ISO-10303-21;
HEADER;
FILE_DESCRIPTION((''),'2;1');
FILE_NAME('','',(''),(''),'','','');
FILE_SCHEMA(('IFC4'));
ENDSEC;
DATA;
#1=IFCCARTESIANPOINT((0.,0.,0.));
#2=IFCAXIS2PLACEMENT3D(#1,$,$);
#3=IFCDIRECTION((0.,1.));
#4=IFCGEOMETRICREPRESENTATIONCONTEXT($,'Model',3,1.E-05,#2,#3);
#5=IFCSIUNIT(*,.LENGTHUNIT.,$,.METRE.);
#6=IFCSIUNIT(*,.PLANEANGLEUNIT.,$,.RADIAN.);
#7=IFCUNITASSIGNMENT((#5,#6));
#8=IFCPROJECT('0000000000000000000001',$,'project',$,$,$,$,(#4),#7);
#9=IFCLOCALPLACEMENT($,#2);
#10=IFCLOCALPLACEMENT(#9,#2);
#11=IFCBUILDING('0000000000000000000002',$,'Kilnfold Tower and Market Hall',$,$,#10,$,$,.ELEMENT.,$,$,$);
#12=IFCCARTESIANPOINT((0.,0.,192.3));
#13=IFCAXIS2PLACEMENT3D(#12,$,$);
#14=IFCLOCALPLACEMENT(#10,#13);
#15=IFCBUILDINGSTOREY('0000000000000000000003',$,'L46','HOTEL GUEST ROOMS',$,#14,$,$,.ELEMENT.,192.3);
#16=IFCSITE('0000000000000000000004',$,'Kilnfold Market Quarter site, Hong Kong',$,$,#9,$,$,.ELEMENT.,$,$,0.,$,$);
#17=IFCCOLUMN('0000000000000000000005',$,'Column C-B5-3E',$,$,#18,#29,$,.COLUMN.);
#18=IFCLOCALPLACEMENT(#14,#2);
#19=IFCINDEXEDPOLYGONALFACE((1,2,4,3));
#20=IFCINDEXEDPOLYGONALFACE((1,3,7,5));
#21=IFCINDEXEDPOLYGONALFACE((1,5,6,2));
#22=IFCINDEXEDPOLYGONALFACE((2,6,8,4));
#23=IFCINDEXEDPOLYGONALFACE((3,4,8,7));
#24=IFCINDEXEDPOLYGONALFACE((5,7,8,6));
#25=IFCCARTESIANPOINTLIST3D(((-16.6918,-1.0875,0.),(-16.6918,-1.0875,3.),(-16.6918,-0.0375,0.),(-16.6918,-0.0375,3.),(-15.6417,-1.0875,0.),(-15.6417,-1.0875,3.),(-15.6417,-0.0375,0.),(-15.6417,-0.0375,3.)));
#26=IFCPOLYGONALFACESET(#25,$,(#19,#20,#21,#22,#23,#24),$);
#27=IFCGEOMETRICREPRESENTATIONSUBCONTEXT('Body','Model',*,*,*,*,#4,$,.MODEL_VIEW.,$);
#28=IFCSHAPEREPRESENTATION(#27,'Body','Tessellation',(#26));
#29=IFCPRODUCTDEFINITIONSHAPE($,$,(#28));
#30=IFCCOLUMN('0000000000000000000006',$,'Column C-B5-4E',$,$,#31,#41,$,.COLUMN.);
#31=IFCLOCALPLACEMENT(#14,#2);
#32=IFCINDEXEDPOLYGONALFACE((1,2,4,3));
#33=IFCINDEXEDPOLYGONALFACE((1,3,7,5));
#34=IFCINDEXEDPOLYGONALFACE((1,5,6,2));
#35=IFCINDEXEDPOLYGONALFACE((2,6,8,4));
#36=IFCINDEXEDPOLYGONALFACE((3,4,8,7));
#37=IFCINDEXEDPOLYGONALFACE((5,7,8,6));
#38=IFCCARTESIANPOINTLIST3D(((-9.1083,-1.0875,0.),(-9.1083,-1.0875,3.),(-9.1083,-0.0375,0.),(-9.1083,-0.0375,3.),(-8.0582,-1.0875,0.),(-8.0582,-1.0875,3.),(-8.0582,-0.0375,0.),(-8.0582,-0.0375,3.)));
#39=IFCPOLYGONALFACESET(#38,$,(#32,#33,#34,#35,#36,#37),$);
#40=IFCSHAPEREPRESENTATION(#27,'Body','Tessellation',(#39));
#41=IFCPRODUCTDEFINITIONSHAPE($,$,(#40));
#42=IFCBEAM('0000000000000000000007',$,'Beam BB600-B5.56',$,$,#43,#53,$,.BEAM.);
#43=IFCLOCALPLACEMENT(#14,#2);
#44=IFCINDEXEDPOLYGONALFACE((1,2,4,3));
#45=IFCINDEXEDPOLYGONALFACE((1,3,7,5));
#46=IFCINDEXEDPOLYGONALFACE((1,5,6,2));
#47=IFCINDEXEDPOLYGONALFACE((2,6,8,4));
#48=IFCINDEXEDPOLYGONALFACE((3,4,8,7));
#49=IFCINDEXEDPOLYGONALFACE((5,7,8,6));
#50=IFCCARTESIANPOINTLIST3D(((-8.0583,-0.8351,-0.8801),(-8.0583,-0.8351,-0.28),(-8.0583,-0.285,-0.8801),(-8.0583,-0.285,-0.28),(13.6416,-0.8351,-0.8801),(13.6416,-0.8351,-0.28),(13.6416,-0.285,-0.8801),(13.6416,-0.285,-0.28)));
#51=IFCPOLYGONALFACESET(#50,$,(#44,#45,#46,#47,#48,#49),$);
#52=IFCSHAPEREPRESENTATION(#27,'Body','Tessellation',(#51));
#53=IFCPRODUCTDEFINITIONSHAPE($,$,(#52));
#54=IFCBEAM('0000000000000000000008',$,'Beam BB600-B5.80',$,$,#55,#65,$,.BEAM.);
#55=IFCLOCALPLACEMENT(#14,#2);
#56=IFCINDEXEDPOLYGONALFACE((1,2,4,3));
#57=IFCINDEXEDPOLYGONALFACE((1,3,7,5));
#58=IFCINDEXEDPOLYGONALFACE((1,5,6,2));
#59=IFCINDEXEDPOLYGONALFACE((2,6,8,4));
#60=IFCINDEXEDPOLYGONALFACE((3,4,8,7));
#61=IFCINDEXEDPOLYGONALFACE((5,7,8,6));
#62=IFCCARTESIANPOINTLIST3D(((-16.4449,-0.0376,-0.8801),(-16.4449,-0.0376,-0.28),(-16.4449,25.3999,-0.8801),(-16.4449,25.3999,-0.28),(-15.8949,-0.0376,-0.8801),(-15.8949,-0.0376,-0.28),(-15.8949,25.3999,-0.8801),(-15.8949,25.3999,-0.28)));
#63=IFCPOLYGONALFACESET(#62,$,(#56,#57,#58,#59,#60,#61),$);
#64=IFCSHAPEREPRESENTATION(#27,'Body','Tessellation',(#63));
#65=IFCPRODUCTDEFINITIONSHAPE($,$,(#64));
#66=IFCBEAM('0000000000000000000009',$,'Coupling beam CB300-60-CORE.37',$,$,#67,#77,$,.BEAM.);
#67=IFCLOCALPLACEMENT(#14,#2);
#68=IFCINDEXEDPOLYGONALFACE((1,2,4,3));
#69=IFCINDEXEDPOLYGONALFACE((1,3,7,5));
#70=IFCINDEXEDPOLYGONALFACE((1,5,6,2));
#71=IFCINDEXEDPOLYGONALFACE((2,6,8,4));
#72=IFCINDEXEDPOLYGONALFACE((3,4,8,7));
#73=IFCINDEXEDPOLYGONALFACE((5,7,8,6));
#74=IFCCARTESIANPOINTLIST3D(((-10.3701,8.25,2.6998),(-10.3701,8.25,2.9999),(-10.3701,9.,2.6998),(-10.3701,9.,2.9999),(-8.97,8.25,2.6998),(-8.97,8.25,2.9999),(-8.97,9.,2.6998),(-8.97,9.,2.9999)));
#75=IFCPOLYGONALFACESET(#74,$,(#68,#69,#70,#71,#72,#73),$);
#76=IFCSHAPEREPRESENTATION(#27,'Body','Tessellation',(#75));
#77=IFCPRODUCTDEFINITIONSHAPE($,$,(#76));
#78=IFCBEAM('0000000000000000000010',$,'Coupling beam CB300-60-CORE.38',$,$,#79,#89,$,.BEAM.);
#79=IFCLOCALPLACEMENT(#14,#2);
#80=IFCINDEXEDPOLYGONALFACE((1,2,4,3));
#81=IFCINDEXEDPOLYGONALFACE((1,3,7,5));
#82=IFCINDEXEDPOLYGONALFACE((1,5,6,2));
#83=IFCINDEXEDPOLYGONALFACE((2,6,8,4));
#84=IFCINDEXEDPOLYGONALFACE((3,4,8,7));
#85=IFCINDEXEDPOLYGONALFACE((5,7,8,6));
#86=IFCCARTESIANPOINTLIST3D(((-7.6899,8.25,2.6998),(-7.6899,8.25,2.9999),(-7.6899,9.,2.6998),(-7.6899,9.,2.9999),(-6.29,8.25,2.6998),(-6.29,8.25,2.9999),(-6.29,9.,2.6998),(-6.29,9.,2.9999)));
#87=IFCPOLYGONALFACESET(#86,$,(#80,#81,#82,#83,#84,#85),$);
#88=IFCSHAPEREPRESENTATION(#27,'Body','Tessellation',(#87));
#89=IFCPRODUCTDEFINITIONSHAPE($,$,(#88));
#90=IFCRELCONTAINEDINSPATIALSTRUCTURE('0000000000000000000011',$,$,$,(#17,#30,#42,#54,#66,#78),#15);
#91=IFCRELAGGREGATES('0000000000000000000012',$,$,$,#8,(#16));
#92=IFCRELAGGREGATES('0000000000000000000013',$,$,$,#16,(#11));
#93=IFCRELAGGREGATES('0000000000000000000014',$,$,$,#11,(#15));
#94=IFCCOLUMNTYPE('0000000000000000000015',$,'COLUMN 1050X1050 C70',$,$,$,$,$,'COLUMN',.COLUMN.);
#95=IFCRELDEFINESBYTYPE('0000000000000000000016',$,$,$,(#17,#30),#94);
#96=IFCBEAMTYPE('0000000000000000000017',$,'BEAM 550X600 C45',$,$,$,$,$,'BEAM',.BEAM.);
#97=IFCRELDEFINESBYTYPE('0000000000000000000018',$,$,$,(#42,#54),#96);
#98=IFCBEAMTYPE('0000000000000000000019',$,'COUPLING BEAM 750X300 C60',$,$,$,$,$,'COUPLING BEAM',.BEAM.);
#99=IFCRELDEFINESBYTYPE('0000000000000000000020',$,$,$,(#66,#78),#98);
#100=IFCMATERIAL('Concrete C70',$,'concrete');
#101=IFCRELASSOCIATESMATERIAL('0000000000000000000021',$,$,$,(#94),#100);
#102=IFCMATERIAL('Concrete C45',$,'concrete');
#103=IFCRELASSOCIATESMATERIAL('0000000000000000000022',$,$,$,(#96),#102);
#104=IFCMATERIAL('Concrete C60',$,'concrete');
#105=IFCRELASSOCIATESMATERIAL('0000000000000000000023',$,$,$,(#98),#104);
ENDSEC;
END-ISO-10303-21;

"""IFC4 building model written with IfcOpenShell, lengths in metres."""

from ifc_helpers import new_model, si_unit, direction, frame, origin, origin_2d, place, context, subcontext, project, spatial, rectangle, extrude, source, transform, mapped, material, material_profile, profile_set, type_object, element, save


model = new_model("IFC4")

# Units and contexts
model_context = context("Model", 3, precision=1e-05, world=origin(), true_north=direction((0.0, 1.0)))
body_context = subcontext(model_context, "Body", "Model", "MODEL_VIEW")
ifc_project = project(units=[si_unit("LENGTHUNIT", "METRE"), si_unit("PLANEANGLEUNIT", "RADIAN")], contexts=[model_context])

# Site, building, storey
site_placement = place(None, origin())
site = spatial("IfcSite", under=ifc_project, at=site_placement, Name="Kilnfold Market Quarter site, Hong Kong", CompositionType="ELEMENT", RefElevation=0.0)
building_placement = place(site_placement, origin())
building = spatial("IfcBuilding", under=site, at=building_placement, Name="Kilnfold Tower and Market Hall", CompositionType="ELEMENT")
storey_placement = place(building_placement, frame((0.0, 0.0, 192.3)))
storey = spatial("IfcBuildingStorey", under=building, at=storey_placement, Name="L46", Description="HOTEL GUEST ROOMS", CompositionType="ELEMENT", Elevation=192.3)

# Columns
ifc_material_1 = material(Name="Concrete C70", Category="concrete")
ifc_material_profile_1 = material_profile(ifc_material_1, rectangle(XDim=1.05, YDim=1.05, at=origin_2d()), Name="RC 1050x1050")
ifc_profile_set_1 = profile_set([ifc_material_profile_1], Name="Concrete C70")
column_type = type_object("IfcColumnType", Name="COLUMN 1050X1050 C70", ElementType="COLUMN", PredefinedType="COLUMN", material=ifc_profile_set_1)
shared_shape_1 = source(origin(), body_context, "Body", "SweptSolid", [
    extrude(rectangle(XDim=1.05, YDim=1.05, at=origin_2d()), origin(), (0.0, 0.0, 1.0), 3.0),
])
for number, where, z_axis, x_axis, name in (
    (1, (-16.1667, -0.5625, 0.0), (0.0, 0.0, 1.0), (1.0, 0.0, 0.0), "Column C-B5-3E"),
    (2, (-8.5833, -0.5625, 0.0), (0.0, 0.0, 1.0), (1.0, 0.0, 0.0), "Column C-B5-4E"),
):
    element("IfcColumn", number, at=place(storey_placement, frame(where, z_axis=z_axis, x_axis=x_axis)), inside=storey, type_object=column_type, Name=name, PredefinedType="COLUMN", context=body_context, shape_type="MappedRepresentation", body=[
        mapped(shared_shape_1, transform((0.0, 0.0, 0.0))),
    ])

# Beams
ifc_material_2 = material(Name="Concrete C45", Category="concrete")
ifc_material_profile_2 = material_profile(ifc_material_2, rectangle(XDim=0.55, YDim=0.6001, at=origin_2d()), Name="RC 550x600")
ifc_profile_set_2 = profile_set([ifc_material_profile_2], Name="Concrete C45")
beam_type_1 = type_object("IfcBeamType", Name="BEAM 550X600 C45", ElementType="BEAM", PredefinedType="BEAM", material=ifc_profile_set_2)
shared_shape_2 = source(origin(), body_context, "Body", "SweptSolid", [
    extrude(rectangle(XDim=0.55, YDim=0.6001, at=origin_2d()), origin(), (0.0, 0.0, 1.0), 21.7),
])
beam_1_placement = place(storey_placement, frame((-8.0583, -0.5601, -0.5801), z_axis=(1.0, 0.0, 0.0), x_axis=(0.0, 1.0, 0.0)))
element("IfcBeam", 3, at=beam_1_placement, inside=storey, type_object=beam_type_1, Name="Beam BB600-B5.56", PredefinedType="BEAM", context=body_context, shape_type="MappedRepresentation", body=[
    mapped(shared_shape_2, transform((0.0, 0.0, 0.0))),
])
shared_shape_3 = source(origin(), body_context, "Body", "SweptSolid", [
    extrude(rectangle(XDim=0.55, YDim=0.6001, at=origin_2d()), origin(), (0.0, 0.0, 1.0), 25.4375),
])
beam_2_placement = place(storey_placement, frame((-16.1699, -0.0376, -0.5801), z_axis=(0.0, 1.0, 0.0), x_axis=(-1.0, 0.0, 0.0)))
element("IfcBeam", 4, at=beam_2_placement, inside=storey, type_object=beam_type_1, Name="Beam BB600-B5.80", PredefinedType="BEAM", context=body_context, shape_type="MappedRepresentation", body=[
    mapped(shared_shape_3, transform((0.0, 0.0, 0.0))),
])
ifc_material_3 = material(Name="Concrete C60", Category="concrete")
ifc_material_profile_3 = material_profile(ifc_material_3, rectangle(XDim=0.75, YDim=0.3, at=origin_2d()), Name="RC 750x300")
ifc_profile_set_3 = profile_set([ifc_material_profile_3], Name="Concrete C60")
beam_type_2 = type_object("IfcBeamType", Name="COUPLING BEAM 750X300 C60", ElementType="COUPLING BEAM", PredefinedType="BEAM", material=ifc_profile_set_3)
shared_shape_4 = source(origin(), body_context, "Body", "SweptSolid", [
    extrude(rectangle(XDim=0.75, YDim=0.3, at=origin_2d()), origin(), (0.0, 0.0, 1.0), 1.4001),
])
beam_3_placement = place(storey_placement, frame((-10.3701, 8.625, 2.8499), z_axis=(1.0, 0.0, 0.0), x_axis=(0.0, 1.0, 0.0)))
element("IfcBeam", 5, at=beam_3_placement, inside=storey, type_object=beam_type_2, Name="Coupling beam CB300-60-CORE.37", PredefinedType="BEAM", context=body_context, shape_type="MappedRepresentation", body=[
    mapped(shared_shape_4, transform((0.0, 0.0, 0.0))),
])
shared_shape_5 = source(origin(), body_context, "Body", "SweptSolid", [
    extrude(rectangle(XDim=0.75, YDim=0.3, at=origin_2d()), origin(), (0.0, 0.0, 1.0), 1.3999),
])
beam_4_placement = place(storey_placement, frame((-7.6899, 8.625, 2.8499), z_axis=(1.0, 0.0, 0.0), x_axis=(0.0, 1.0, 0.0)))
element("IfcBeam", 6, at=beam_4_placement, inside=storey, type_object=beam_type_2, Name="Coupling beam CB300-60-CORE.38", PredefinedType="BEAM", context=body_context, shape_type="MappedRepresentation", body=[
    mapped(shared_shape_5, transform((0.0, 0.0, 0.0))),
])

save(model, "model.ifc")
